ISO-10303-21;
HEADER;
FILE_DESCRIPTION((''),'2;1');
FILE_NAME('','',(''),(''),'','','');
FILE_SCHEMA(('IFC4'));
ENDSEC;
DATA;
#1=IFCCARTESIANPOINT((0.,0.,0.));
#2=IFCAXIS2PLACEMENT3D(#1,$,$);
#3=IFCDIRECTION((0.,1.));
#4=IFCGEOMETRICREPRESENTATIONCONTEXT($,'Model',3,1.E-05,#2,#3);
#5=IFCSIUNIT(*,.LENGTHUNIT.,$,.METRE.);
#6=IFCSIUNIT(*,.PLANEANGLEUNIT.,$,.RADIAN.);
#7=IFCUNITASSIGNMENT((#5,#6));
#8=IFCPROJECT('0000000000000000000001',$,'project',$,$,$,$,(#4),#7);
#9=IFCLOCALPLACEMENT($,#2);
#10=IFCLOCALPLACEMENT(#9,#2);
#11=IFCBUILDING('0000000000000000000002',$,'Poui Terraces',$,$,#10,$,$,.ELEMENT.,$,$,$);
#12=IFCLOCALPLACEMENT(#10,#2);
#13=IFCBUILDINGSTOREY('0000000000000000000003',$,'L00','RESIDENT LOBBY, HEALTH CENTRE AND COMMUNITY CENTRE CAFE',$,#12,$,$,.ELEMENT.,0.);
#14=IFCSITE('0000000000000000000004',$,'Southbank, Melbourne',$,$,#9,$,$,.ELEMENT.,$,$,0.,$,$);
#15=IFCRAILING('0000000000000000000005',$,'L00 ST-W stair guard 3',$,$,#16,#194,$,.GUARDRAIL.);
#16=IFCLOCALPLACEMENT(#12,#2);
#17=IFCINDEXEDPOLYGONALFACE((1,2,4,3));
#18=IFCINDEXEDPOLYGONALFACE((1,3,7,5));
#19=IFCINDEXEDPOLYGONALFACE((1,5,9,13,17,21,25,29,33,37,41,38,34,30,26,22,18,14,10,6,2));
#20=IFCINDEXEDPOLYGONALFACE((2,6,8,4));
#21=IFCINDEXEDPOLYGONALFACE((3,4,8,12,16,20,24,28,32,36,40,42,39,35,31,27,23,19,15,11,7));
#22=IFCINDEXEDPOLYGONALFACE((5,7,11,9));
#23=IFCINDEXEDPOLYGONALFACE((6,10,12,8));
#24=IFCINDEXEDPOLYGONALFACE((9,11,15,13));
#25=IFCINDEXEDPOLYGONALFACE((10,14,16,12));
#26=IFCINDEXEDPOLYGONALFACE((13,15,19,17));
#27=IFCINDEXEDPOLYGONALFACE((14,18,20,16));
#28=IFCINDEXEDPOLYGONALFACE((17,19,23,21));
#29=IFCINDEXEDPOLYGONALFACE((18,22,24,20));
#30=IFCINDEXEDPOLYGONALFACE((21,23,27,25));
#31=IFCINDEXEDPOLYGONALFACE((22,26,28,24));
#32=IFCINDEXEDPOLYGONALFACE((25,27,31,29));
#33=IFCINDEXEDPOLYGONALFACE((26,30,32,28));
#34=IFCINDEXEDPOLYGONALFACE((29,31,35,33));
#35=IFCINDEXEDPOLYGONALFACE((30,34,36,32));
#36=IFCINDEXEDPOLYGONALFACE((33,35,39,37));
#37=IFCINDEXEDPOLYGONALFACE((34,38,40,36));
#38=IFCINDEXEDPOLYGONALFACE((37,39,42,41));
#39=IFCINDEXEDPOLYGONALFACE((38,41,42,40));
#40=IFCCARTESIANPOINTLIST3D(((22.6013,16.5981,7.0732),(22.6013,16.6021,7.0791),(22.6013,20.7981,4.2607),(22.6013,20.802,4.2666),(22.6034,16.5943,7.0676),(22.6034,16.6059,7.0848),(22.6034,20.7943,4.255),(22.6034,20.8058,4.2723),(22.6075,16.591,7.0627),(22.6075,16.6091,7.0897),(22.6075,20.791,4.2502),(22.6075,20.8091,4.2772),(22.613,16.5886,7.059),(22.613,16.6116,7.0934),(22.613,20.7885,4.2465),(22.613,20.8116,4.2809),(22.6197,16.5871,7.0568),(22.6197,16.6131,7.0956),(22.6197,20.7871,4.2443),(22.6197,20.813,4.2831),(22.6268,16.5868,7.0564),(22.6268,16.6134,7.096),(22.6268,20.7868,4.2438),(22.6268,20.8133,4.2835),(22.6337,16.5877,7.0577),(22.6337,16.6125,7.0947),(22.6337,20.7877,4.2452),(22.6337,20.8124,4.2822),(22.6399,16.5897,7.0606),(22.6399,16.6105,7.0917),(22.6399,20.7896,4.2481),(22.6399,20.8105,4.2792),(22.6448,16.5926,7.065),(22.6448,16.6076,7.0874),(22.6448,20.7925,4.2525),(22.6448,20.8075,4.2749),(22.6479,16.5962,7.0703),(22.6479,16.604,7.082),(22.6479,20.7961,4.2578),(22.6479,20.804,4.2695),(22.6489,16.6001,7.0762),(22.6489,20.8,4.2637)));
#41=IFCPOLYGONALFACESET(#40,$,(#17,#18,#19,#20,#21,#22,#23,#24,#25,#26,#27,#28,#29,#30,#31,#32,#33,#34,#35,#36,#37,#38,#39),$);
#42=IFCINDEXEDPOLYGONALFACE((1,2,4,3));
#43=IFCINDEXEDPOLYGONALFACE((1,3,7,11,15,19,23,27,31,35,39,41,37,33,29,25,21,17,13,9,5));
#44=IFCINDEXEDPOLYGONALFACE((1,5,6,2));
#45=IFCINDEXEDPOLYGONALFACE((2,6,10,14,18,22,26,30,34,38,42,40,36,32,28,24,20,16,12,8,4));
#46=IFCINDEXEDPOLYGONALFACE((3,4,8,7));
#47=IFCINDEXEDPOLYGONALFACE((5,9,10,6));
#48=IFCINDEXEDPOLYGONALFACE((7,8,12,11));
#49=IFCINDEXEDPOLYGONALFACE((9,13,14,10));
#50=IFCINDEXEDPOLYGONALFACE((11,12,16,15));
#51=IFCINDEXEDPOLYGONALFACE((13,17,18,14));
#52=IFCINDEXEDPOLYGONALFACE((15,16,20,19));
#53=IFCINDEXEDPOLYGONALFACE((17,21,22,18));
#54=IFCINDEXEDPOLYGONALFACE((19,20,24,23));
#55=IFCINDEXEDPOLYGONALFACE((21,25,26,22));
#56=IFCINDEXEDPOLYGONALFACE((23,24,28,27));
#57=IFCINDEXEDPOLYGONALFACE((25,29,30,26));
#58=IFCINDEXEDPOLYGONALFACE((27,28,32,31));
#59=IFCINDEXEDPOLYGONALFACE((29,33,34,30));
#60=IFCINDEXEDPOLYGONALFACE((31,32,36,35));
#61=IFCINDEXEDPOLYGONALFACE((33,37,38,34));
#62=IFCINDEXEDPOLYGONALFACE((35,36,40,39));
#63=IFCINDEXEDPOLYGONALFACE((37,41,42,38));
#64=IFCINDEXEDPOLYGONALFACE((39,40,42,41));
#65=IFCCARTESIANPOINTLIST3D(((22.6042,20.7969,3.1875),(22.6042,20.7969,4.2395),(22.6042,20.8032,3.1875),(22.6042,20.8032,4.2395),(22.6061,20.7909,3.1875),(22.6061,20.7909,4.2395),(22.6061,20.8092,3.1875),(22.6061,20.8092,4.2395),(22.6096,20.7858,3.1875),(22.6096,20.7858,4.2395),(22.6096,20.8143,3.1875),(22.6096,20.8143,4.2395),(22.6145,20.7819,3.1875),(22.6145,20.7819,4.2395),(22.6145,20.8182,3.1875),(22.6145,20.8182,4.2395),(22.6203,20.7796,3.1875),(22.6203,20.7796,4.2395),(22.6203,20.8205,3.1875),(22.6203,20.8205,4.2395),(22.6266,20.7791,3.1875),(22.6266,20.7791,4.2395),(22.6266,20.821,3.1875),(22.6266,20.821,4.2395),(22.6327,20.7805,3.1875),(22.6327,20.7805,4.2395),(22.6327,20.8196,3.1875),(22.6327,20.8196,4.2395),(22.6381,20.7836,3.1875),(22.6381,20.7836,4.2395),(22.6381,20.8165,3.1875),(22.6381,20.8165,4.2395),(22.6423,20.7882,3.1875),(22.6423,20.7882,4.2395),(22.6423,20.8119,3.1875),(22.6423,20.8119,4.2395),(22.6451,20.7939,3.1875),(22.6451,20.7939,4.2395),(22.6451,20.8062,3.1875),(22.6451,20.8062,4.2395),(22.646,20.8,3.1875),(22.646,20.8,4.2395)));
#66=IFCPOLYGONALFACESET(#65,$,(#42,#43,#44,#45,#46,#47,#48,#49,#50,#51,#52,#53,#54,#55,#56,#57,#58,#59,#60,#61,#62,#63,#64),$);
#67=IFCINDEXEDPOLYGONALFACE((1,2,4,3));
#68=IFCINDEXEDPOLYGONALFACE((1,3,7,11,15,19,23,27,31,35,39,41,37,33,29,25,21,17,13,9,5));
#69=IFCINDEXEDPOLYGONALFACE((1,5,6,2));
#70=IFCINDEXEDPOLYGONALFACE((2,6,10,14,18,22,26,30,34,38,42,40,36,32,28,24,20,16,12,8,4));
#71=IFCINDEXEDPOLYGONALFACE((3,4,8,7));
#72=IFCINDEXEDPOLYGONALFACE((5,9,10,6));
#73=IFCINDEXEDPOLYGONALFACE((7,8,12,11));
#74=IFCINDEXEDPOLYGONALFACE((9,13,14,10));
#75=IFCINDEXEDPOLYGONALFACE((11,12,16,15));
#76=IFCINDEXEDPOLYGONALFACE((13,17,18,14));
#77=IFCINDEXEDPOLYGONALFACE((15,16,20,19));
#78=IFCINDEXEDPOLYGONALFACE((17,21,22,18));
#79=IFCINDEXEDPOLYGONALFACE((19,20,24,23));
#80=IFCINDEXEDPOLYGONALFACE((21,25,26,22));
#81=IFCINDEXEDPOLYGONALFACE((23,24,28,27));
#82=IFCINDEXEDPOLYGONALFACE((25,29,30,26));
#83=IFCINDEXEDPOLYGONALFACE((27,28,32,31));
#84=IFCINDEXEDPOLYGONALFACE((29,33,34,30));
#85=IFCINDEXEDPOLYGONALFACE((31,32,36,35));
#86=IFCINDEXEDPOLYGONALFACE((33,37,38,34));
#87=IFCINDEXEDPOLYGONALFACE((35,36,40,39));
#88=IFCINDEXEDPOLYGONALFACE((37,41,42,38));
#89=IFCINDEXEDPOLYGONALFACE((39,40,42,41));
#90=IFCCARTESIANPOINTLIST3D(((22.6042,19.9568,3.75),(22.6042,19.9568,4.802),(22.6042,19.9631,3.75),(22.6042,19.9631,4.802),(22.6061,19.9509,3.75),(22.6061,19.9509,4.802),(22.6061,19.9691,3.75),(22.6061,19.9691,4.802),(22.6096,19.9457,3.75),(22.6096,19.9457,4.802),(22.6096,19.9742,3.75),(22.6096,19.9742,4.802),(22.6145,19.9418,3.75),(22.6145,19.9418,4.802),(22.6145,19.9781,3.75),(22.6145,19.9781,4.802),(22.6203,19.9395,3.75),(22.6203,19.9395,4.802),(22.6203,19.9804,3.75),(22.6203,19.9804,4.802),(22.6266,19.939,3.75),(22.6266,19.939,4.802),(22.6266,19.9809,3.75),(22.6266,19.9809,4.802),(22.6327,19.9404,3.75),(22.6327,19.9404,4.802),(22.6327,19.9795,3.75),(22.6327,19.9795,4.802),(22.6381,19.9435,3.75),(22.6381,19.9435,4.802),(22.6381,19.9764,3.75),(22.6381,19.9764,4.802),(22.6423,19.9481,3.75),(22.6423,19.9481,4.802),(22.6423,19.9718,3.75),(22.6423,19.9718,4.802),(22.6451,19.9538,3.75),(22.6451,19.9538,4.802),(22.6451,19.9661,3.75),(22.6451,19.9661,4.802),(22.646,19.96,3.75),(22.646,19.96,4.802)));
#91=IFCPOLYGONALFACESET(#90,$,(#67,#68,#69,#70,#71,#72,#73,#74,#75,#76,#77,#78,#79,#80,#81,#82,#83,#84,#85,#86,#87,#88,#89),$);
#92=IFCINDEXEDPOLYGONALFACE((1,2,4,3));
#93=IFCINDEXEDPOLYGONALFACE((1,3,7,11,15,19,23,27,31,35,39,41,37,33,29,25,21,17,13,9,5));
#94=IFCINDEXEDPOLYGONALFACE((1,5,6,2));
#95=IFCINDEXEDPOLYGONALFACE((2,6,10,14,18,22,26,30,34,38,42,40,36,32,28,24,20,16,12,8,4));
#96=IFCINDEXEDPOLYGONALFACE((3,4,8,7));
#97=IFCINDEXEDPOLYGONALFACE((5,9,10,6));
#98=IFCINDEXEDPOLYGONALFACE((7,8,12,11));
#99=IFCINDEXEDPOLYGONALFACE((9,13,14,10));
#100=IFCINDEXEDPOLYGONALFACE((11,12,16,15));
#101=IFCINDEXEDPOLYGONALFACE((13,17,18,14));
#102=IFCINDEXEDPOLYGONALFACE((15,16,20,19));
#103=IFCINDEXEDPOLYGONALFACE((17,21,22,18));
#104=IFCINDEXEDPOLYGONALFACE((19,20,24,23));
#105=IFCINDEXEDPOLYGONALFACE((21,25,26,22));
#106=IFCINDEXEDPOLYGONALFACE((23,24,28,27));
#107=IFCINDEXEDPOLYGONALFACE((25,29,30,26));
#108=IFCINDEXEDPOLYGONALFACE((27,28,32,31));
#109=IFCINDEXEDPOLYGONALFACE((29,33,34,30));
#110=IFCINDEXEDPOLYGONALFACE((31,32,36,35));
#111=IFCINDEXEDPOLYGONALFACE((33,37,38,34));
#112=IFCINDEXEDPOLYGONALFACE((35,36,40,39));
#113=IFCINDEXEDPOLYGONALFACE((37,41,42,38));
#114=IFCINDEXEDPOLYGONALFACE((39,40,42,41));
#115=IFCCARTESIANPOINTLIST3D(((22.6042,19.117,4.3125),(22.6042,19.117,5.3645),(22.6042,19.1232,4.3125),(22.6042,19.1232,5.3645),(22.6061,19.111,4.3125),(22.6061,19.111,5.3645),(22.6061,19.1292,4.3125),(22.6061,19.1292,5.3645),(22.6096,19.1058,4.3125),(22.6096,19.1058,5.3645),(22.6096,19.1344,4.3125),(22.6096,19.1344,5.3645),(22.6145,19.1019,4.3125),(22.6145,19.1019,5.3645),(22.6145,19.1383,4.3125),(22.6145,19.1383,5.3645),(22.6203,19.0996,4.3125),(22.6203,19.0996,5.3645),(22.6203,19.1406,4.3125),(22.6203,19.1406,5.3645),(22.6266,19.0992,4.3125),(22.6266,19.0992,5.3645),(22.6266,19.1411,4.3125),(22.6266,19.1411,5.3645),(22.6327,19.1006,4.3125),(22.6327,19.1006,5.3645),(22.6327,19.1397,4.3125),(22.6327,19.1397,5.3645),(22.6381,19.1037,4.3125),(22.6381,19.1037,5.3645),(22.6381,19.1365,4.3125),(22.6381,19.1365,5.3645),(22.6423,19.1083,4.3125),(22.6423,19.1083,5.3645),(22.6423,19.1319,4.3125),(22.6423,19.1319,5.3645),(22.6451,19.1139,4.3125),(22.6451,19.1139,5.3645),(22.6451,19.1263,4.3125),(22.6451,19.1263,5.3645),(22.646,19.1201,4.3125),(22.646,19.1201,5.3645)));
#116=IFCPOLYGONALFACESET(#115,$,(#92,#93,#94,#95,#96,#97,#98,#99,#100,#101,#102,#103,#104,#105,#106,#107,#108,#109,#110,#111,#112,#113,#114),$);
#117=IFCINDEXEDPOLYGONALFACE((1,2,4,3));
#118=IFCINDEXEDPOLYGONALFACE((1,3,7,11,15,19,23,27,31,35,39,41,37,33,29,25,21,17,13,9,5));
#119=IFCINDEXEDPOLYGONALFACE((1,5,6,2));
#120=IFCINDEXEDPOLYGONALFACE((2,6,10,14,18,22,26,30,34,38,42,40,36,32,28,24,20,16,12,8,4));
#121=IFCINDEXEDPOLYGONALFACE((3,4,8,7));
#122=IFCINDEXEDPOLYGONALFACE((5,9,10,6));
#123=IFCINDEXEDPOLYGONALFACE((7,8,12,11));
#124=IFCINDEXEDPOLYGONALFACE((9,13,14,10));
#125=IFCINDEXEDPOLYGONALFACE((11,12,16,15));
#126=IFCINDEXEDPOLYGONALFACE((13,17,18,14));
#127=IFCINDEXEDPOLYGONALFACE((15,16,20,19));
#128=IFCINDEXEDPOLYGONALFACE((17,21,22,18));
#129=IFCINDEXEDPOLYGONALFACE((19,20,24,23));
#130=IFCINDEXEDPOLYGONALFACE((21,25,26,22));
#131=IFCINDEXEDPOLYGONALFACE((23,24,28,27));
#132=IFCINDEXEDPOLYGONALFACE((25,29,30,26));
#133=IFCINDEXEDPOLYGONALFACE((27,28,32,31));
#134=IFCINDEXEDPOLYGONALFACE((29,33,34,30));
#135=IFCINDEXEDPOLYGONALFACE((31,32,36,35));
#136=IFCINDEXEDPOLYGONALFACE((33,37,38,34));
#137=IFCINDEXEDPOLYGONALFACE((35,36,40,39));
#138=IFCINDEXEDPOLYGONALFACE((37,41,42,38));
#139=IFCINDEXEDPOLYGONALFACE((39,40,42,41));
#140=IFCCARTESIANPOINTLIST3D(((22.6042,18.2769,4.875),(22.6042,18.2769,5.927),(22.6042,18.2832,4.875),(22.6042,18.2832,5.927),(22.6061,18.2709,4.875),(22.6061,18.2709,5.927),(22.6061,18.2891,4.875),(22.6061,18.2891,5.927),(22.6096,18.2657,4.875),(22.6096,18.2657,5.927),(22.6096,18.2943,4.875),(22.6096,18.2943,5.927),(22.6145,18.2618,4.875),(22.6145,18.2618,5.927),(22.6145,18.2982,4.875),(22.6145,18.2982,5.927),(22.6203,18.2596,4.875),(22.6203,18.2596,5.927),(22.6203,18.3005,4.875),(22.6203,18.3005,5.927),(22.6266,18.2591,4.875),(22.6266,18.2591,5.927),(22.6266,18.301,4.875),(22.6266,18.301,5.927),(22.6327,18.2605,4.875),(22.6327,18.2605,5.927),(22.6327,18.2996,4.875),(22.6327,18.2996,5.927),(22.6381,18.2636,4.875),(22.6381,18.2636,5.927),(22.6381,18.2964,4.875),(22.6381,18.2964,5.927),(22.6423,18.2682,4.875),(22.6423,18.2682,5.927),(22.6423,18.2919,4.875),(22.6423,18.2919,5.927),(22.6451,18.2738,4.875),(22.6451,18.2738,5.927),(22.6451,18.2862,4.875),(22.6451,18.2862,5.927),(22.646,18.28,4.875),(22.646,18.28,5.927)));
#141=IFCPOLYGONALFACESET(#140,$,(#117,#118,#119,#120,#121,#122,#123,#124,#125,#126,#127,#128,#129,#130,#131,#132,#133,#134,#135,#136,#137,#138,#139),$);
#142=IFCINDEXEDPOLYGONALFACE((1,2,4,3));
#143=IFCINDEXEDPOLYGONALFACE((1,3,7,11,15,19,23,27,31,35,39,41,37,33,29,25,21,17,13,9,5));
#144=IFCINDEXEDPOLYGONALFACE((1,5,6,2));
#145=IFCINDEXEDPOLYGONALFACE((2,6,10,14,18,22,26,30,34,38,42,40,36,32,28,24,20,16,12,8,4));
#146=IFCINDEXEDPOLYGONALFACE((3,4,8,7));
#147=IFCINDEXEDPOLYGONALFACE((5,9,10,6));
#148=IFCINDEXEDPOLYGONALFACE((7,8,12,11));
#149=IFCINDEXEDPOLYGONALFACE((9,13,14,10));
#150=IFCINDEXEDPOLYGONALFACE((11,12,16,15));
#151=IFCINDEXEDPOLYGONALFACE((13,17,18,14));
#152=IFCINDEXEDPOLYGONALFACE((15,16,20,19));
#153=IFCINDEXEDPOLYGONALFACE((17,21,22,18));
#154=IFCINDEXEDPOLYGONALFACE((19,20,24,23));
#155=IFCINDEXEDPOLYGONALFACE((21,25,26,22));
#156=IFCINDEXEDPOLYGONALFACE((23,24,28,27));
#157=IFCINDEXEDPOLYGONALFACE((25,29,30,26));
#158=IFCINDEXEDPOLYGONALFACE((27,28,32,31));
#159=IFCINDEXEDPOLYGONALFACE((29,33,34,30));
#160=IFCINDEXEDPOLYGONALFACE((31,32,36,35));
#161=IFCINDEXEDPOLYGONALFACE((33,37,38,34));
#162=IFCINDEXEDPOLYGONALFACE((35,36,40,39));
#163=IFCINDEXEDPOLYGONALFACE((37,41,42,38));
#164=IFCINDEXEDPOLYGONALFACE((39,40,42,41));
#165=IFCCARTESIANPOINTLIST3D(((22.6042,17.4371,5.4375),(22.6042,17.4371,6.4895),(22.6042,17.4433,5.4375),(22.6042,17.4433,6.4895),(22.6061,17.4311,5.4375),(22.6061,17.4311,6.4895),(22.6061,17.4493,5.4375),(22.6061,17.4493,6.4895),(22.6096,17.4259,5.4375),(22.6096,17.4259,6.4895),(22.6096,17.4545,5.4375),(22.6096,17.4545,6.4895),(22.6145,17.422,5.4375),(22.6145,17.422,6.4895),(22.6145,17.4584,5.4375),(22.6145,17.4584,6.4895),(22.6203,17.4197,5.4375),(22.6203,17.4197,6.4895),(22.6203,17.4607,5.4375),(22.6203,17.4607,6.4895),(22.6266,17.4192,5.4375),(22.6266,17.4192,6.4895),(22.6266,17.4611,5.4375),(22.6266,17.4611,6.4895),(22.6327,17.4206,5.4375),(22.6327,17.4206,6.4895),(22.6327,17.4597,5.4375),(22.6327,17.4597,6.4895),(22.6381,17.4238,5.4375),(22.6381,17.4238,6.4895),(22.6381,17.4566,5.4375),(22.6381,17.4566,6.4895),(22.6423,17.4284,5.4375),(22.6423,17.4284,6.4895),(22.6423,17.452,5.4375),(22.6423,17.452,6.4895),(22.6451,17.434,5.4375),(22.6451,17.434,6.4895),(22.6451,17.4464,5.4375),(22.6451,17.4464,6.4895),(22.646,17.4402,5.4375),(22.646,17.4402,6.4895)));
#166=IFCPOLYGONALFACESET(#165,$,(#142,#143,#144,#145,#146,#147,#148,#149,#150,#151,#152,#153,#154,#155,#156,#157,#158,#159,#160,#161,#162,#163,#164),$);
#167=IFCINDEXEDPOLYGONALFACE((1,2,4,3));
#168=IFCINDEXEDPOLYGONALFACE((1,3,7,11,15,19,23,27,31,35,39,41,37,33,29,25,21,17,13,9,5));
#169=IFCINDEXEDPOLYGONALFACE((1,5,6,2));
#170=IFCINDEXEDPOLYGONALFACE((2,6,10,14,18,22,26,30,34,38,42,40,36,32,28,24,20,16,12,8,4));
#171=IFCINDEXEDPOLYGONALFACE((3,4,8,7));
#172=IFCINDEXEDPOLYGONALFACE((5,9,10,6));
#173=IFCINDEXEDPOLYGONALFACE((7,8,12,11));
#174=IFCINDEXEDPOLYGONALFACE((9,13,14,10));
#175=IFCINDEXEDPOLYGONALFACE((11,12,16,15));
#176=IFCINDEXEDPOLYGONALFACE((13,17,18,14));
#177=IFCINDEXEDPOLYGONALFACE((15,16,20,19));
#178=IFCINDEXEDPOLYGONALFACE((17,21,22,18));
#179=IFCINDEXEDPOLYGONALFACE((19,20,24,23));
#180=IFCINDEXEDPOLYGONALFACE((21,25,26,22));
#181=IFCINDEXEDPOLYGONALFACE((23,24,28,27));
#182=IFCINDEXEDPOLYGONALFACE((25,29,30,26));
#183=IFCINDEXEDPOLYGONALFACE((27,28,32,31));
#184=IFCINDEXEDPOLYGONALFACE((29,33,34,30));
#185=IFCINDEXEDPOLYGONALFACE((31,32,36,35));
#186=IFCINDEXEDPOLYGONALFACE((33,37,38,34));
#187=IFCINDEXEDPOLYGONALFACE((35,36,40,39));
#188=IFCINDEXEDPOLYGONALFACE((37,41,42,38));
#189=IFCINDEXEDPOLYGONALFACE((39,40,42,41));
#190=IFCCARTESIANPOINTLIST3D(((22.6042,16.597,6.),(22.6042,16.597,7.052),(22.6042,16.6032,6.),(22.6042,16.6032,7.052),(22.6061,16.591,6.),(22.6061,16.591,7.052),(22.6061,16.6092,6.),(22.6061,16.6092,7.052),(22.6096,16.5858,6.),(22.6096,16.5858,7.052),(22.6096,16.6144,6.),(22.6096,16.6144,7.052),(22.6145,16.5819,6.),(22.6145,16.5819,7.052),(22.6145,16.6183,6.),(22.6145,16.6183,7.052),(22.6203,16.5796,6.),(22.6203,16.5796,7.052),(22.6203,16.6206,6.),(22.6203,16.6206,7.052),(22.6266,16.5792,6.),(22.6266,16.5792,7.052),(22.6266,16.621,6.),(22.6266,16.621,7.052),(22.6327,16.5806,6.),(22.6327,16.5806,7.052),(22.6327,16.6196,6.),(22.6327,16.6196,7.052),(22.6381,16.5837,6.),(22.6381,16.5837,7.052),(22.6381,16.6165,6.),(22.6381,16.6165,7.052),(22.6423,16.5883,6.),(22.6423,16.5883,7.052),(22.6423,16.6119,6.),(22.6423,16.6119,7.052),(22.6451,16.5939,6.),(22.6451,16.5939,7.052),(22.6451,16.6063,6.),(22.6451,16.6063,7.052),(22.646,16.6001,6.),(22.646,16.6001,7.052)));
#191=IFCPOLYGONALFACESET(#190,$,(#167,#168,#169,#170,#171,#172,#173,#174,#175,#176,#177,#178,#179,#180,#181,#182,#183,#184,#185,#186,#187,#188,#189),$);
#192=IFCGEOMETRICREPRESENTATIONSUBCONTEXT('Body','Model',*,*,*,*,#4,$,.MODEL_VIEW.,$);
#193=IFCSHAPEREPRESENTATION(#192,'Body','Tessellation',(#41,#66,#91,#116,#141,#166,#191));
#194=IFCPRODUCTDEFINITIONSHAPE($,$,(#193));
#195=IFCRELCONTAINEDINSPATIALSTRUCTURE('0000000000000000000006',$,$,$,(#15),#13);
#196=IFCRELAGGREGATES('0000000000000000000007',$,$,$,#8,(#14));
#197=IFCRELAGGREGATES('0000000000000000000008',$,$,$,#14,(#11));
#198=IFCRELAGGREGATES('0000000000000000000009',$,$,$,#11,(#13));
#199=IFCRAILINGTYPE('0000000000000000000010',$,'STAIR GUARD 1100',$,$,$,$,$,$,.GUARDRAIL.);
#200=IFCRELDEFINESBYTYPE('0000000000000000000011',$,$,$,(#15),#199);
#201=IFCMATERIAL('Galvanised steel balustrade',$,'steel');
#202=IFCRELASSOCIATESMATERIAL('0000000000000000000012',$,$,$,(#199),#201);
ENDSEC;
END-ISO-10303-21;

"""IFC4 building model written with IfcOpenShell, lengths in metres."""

from ifc_helpers import new_model, si_unit, direction, frame, origin, origin_2d, place, context, subcontext, project, spatial, circle, extrude, material, type_object, element, save


model = new_model("IFC4")

# Units and contexts
model_context = context("Model", 3, precision=1e-05, world=origin(), true_north=direction((0.0, 1.0)))
body_context = subcontext(model_context, "Body", "Model", "MODEL_VIEW")
ifc_project = project(units=[si_unit("LENGTHUNIT", "METRE"), si_unit("PLANEANGLEUNIT", "RADIAN")], contexts=[model_context])

# Site, building, storey
site_placement = place(None, origin())
site = spatial("IfcSite", under=ifc_project, at=site_placement, Name="Southbank, Melbourne", CompositionType="ELEMENT", RefElevation=0.0)
building_placement = place(site_placement, origin())
building = spatial("IfcBuilding", under=site, at=building_placement, Name="Poui Terraces", CompositionType="ELEMENT")
storey_placement = place(building_placement, origin())
storey = spatial("IfcBuildingStorey", under=building, at=storey_placement, Name="L00", Description="RESIDENT LOBBY, HEALTH CENTRE AND COMMUNITY CENTRE CAFE", CompositionType="ELEMENT", Elevation=0.0)

# Railing
ifc_material_1 = material(Name="Galvanised steel balustrade", Category="steel")
railing_type_1 = type_object("IfcRailingType", Name="STAIR GUARD 1100", PredefinedType="GUARDRAIL", material=ifc_material_1)
railing_1_placement = place(storey_placement, frame((22.625, 20.8, 3.1875)))
element("IfcRailing", 1, at=railing_1_placement, inside=storey, type_object=railing_type_1, Name="L00 ST-W stair guard 3", PredefinedType="GUARDRAIL", context=body_context, shape_type="SweptSolid", body=[
    extrude(circle(Radius=0.0239, at=origin_2d()), frame((0.0, 0.0, 1.0762), z_axis=(0.0, -0.830904, 0.556416), x_axis=(1.0, 0.0, 0.0)), (0.0, 0.0, 1.0), 5.0547),
    extrude(circle(Radius=0.021, at=origin_2d()), origin(), (0.0, 0.0, 1.0), 1.052),
    extrude(circle(Radius=0.021, at=origin_2d()), frame((0.0, -0.8401, 0.5625)), (0.0, 0.0, 1.0), 1.052),
    extrude(circle(Radius=0.021, at=origin_2d()), frame((0.0, -1.6799, 1.125)), (0.0, 0.0, 1.0), 1.052),
    extrude(circle(Radius=0.021, at=origin_2d()), frame((0.0, -2.52, 1.6875)), (0.0, 0.0, 1.0), 1.052),
    extrude(circle(Radius=0.021, at=origin_2d()), frame((0.0, -3.3599, 2.25)), (0.0, 0.0, 1.0), 1.052),
    extrude(circle(Radius=0.021, at=origin_2d()), frame((0.0, -4.2, 2.8125)), (0.0, 0.0, 1.0), 1.052),
])

save(model, "model.ifc")
